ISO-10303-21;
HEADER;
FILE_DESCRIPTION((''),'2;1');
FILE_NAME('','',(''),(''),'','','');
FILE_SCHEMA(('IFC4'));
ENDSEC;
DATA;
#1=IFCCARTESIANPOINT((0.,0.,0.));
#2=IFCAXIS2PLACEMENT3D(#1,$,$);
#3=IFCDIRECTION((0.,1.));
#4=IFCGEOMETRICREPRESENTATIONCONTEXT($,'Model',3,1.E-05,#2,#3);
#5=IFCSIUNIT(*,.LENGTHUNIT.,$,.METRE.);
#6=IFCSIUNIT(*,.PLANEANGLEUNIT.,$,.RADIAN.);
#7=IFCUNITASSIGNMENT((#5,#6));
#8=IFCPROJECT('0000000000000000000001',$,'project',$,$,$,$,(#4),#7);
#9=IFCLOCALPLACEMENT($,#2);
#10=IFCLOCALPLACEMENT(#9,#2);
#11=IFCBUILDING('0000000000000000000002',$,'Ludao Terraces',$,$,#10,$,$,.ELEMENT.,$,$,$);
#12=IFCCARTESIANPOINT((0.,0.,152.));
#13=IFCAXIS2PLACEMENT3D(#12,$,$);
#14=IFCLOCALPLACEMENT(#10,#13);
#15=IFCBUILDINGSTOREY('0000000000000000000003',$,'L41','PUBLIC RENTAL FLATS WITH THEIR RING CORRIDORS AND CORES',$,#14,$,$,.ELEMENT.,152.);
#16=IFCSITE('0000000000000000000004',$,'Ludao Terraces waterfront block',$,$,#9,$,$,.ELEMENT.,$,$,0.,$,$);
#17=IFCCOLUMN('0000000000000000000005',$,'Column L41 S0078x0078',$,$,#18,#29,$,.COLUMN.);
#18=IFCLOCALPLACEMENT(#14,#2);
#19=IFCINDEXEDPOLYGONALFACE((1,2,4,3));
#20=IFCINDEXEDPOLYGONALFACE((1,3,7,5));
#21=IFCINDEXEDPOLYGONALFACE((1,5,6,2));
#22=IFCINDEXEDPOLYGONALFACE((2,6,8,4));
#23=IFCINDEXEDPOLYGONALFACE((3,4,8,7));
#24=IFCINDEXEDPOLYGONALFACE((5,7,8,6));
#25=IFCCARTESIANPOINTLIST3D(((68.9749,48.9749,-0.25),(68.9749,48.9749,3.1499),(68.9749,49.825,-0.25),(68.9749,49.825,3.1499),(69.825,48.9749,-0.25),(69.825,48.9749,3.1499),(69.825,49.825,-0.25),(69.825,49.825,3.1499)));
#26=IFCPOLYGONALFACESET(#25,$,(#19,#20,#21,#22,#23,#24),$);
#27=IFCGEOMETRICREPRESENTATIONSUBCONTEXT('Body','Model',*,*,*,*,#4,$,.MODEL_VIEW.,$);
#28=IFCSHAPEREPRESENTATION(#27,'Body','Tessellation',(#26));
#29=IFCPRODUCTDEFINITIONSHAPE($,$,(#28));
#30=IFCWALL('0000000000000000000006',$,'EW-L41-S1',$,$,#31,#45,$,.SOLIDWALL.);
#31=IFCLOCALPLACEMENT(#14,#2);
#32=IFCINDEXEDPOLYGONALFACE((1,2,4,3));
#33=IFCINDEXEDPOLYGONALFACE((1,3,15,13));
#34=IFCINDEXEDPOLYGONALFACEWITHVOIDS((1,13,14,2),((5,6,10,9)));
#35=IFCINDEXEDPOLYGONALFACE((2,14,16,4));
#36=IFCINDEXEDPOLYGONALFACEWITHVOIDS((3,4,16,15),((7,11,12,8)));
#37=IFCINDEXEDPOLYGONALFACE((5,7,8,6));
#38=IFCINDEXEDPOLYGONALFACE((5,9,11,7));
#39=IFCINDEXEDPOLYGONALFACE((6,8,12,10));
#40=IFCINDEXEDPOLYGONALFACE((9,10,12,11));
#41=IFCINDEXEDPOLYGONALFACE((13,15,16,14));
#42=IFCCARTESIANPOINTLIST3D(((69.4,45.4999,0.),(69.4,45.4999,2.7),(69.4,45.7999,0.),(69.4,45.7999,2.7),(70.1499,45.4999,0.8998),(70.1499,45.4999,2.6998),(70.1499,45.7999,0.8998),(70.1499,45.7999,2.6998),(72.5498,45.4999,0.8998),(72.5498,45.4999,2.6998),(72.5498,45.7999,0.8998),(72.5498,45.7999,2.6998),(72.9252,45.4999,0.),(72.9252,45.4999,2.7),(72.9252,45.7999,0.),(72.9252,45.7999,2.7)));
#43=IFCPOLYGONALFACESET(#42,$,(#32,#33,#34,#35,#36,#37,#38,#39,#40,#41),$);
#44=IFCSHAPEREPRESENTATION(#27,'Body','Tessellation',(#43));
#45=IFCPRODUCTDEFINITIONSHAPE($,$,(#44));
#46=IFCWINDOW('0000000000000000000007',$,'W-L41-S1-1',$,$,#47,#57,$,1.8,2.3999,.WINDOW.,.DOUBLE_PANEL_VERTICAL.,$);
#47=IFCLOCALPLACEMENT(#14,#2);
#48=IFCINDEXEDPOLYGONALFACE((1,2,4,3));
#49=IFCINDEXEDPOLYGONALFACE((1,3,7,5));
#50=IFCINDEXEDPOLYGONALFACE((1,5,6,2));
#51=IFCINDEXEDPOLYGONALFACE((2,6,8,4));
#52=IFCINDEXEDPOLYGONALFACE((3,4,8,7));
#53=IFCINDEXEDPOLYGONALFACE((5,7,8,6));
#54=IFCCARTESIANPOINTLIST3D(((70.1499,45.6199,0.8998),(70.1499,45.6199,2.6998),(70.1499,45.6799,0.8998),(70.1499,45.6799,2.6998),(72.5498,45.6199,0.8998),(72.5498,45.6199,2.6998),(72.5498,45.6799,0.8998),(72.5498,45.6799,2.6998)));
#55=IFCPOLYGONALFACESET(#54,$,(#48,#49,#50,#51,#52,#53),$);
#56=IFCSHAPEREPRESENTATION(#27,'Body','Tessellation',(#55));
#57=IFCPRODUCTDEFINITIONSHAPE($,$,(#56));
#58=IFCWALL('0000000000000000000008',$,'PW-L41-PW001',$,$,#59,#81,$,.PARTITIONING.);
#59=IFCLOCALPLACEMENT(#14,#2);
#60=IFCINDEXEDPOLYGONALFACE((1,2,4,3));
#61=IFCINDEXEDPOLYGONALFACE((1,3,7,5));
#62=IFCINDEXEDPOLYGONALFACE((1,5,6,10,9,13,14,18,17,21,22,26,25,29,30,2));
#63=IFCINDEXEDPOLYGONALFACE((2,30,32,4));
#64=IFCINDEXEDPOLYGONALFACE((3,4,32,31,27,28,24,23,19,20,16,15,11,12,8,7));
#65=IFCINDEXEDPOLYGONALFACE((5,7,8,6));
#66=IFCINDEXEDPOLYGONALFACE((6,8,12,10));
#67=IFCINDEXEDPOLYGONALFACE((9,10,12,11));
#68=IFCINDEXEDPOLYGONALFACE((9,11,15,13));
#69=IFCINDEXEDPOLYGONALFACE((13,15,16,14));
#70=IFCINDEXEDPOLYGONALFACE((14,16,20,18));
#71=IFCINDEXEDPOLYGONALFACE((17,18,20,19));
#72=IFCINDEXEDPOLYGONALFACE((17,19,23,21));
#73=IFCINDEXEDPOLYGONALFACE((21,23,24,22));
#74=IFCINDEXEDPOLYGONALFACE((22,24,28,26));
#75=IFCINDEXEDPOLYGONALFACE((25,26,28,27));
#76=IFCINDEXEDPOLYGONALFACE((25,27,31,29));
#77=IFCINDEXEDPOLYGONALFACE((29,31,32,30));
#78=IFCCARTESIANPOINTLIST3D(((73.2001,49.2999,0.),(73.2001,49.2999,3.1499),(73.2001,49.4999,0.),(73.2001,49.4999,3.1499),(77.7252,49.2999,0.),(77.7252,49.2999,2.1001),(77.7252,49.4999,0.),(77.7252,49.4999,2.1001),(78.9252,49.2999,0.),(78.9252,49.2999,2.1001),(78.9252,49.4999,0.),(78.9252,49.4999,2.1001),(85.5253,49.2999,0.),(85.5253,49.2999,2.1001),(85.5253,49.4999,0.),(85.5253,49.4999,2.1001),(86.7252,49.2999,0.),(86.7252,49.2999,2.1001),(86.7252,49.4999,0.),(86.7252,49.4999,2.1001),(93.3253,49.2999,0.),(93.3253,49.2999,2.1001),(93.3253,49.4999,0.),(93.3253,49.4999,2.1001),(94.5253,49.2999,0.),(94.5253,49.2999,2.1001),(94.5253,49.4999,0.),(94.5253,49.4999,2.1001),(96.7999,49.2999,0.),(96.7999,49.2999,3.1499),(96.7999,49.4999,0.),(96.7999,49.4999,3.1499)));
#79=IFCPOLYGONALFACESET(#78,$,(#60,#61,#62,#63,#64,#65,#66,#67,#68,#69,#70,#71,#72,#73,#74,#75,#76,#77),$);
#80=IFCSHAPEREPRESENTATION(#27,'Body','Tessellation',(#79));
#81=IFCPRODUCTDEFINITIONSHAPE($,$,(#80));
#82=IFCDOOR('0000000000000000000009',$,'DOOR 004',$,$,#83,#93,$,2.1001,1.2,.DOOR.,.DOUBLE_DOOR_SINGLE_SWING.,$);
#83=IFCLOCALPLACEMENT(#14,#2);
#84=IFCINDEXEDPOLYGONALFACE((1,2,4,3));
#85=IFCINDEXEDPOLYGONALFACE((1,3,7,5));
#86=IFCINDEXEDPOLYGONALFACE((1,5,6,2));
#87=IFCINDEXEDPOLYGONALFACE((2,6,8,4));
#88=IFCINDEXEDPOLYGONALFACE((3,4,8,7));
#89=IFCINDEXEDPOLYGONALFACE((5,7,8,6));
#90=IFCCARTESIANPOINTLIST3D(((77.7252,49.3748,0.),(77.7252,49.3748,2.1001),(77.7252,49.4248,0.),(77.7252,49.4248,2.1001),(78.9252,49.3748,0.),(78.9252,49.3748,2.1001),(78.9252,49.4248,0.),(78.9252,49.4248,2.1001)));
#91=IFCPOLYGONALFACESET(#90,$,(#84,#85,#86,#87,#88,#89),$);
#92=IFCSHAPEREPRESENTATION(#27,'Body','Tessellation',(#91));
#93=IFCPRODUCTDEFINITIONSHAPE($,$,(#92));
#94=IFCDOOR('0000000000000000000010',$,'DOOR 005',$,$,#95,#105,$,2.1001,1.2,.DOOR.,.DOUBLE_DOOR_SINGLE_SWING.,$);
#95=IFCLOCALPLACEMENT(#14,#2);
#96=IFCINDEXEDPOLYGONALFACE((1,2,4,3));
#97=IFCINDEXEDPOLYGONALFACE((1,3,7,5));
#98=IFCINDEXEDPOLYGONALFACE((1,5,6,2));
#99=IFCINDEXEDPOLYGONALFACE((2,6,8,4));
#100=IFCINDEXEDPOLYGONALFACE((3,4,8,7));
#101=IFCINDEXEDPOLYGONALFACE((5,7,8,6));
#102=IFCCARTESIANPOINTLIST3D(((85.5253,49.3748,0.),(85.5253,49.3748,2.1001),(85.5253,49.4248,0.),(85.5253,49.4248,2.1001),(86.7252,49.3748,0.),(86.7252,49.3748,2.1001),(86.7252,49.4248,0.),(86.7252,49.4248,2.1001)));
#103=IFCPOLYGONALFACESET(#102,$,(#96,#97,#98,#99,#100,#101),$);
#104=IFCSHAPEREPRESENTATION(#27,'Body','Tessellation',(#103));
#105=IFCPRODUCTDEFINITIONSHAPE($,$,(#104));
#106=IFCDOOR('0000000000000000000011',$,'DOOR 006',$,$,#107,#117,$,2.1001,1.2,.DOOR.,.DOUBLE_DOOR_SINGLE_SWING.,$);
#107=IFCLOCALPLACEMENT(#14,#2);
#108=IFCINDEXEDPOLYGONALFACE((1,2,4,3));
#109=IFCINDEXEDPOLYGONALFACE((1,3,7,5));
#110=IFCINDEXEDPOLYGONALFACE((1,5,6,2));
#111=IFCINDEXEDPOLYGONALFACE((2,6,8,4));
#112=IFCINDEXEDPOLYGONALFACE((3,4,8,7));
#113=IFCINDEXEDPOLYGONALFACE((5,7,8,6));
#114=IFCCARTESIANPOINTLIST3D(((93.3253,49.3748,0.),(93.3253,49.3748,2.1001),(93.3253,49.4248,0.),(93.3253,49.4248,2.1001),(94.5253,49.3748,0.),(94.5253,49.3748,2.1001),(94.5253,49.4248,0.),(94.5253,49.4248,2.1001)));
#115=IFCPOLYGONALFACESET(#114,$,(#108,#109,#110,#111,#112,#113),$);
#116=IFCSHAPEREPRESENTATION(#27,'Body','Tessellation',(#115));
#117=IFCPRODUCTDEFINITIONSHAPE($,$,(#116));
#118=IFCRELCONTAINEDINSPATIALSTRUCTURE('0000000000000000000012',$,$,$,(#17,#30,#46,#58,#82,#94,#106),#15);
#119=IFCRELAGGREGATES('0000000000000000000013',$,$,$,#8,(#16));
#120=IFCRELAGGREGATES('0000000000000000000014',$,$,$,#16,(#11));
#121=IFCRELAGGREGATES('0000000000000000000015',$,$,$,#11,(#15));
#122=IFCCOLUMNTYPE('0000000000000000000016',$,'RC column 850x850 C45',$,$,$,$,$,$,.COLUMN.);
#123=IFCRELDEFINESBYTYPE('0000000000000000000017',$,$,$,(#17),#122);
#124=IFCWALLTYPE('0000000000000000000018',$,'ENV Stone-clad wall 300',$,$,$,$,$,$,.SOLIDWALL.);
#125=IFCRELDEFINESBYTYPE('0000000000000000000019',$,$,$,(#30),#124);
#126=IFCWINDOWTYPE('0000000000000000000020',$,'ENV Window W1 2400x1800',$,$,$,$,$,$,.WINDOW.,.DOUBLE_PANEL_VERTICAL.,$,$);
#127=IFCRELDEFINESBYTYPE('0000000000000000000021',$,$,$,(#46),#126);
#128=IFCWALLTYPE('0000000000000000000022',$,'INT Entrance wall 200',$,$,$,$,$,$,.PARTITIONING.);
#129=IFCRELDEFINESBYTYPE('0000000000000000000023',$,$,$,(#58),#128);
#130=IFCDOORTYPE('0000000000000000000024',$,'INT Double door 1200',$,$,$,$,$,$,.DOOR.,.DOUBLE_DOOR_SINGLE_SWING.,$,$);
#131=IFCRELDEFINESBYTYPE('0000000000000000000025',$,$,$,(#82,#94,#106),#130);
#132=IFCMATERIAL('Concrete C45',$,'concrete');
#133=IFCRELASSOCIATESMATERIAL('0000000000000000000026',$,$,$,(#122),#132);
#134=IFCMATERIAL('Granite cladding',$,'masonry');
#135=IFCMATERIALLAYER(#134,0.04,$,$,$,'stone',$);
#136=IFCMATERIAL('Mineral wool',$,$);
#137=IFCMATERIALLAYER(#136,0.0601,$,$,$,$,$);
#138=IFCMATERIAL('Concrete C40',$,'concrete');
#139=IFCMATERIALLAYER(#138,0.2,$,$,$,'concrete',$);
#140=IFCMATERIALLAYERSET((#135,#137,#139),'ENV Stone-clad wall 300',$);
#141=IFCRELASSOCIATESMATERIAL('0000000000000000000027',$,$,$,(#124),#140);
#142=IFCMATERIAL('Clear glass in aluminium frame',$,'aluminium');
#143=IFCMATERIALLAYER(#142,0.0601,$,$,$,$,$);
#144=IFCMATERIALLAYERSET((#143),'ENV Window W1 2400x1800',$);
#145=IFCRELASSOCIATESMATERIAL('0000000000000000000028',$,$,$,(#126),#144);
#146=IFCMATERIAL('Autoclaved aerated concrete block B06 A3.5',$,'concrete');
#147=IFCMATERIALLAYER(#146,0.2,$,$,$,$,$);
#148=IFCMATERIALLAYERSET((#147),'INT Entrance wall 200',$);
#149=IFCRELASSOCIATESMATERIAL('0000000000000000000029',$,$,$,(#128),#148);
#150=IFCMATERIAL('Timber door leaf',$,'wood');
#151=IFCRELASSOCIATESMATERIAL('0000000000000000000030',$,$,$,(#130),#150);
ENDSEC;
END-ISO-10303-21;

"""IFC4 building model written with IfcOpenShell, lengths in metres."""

from ifc_helpers import new_model, si_unit, direction, frame, frame_2d, origin, origin_2d, place, context, subcontext, project, spatial, rectangle, extrude, material, layer, layer_set, material_profile, profile_set, type_object, element, fill, save


model = new_model("IFC4")

# Units and contexts
model_context = context("Model", 3, precision=1e-05, world=origin(), true_north=direction((0.0, 1.0)))
body_context = subcontext(model_context, "Body", "Model", "MODEL_VIEW")
ifc_project = project(units=[si_unit("LENGTHUNIT", "METRE"), si_unit("PLANEANGLEUNIT", "RADIAN")], contexts=[model_context])

# Site, building, storey
site_placement = place(None, origin())
site = spatial("IfcSite", under=ifc_project, at=site_placement, Name="Ludao Terraces waterfront block", CompositionType="ELEMENT", RefElevation=0.0)
building_placement = place(site_placement, origin())
building = spatial("IfcBuilding", under=site, at=building_placement, Name="Ludao Terraces", CompositionType="ELEMENT")
storey_placement = place(building_placement, frame((0.0, 0.0, 152.0)))
storey = spatial("IfcBuildingStorey", under=building, at=storey_placement, Name="L41", Description="PUBLIC RENTAL FLATS WITH THEIR RING CORRIDORS AND CORES", CompositionType="ELEMENT", Elevation=152.0)

# Column
ifc_material_1 = material(Name="Concrete C45", Category="concrete")
ifc_material_profile = material_profile(ifc_material_1, rectangle(XDim=0.8501, YDim=0.8501, at=origin_2d()), Name="850 X 850")
ifc_profile_set = profile_set([ifc_material_profile], Name="Concrete C45")
column_type = type_object("IfcColumnType", Name="RC column 850x850 C45", PredefinedType="COLUMN", material=ifc_profile_set)
column_placement = place(storey_placement, frame((69.3999, 49.3999, -0.25), z_axis=(0.0, 0.0, 1.0), x_axis=(1.0, 0.0, 0.0)))
element("IfcColumn", 1, at=column_placement, inside=storey, type_object=column_type, Name="Column L41 S0078x0078", PredefinedType="COLUMN", context=body_context, shape_type="SweptSolid", body=[
    extrude(rectangle(XDim=0.8501, YDim=0.8501, at=origin_2d()), origin(), (0.0, 0.0, 1.0), 3.3999),
])

# Wall, opening, window
ifc_material_2 = material(Name="Granite cladding", Category="masonry")
ifc_layer_1 = layer(ifc_material_2, 0.04, Category="stone")
ifc_material_3 = material(Name="Mineral wool")
ifc_layer_2 = layer(ifc_material_3, 0.0601)
ifc_material_4 = material(Name="Concrete C40", Category="concrete")
ifc_layer_3 = layer(ifc_material_4, 0.2, Category="concrete")
ifc_layer_set_1 = layer_set([ifc_layer_1, ifc_layer_2, ifc_layer_3], Name="ENV Stone-clad wall 300")
wall_type_1 = type_object("IfcWallType", Name="ENV Stone-clad wall 300", PredefinedType="SOLIDWALL", material=ifc_layer_set_1)
wall_1_placement = place(storey_placement, frame((69.3999, 45.6499, 0.0), z_axis=(0.0, 0.0, 1.0), x_axis=(1.0, 0.0, 0.0)))
wall_1 = element("IfcWall", 2, at=wall_1_placement, inside=storey, type_object=wall_type_1, Name="EW-L41-S1", PredefinedType="SOLIDWALL", context=body_context, shape_type="SweptSolid", body=[
    extrude(rectangle(XDim=3.5251, YDim=0.3, at=frame_2d((1.7627, 0.0))), origin(), (0.0, 0.0, 1.0), 2.7),
])
opening_1_placement = place(wall_1_placement, frame((0.75, 0.0, 0.8999)))
opening_1 = element("IfcOpeningElement", 3, at=opening_1_placement, cuts=wall_1, PredefinedType="OPENING", context=body_context, shape_type="SweptSolid", body=[
    extrude(rectangle(XDim=2.3999, YDim=1.8, at=frame_2d((1.2, 0.8999))), frame((0.0, 0.1602, 0.0), z_axis=(0.0, -1.0, 0.0), x_axis=(1.0, 0.0, 0.0)), (0.0, 0.0, 1.0), 0.3201),
])
ifc_material_5 = material(Name="Clear glass in aluminium frame", Category="aluminium")
ifc_layer_4 = layer(ifc_material_5, 0.0601)
ifc_layer_set_2 = layer_set([ifc_layer_4], Name="ENV Window W1 2400x1800")
window_type = type_object("IfcWindowType", Name="ENV Window W1 2400x1800", PartitioningType="DOUBLE_PANEL_VERTICAL", PredefinedType="WINDOW", material=ifc_layer_set_2)
window_placement = place(opening_1_placement, origin())
window = element("IfcWindow", 4, at=window_placement, inside=storey, type_object=window_type, Name="W-L41-S1-1", OverallHeight=1.8, OverallWidth=2.3999, PartitioningType="DOUBLE_PANEL_VERTICAL", PredefinedType="WINDOW", context=body_context, shape_type="SweptSolid", body=[
    extrude(rectangle(XDim=2.3999, YDim=1.8, at=frame_2d((1.2, 0.8999))), frame((0.0, 0.03, 0.0), z_axis=(0.0, -1.0, 0.0), x_axis=(1.0, 0.0, 0.0)), (0.0, 0.0, 1.0), 0.0601),
])
fill(opening_1, window)

# Wall, openings, doors
ifc_material_6 = material(Name="Autoclaved aerated concrete block B06 A3.5", Category="concrete")
ifc_layer_5 = layer(ifc_material_6, 0.2)
ifc_layer_set_3 = layer_set([ifc_layer_5], Name="INT Entrance wall 200")
wall_type_2 = type_object("IfcWallType", Name="INT Entrance wall 200", PredefinedType="PARTITIONING", material=ifc_layer_set_3)
wall_2_placement = place(storey_placement, frame((73.2002, 49.3999, 0.0), z_axis=(0.0, 0.0, 1.0), x_axis=(1.0, 0.0, 0.0)))
wall_2 = element("IfcWall", 5, at=wall_2_placement, inside=storey, type_object=wall_type_2, Name="PW-L41-PW001", PredefinedType="PARTITIONING", context=body_context, shape_type="SweptSolid", body=[
    extrude(rectangle(XDim=23.5999, YDim=0.2, at=frame_2d((11.7998, 0.0))), origin(), (0.0, 0.0, 1.0), 3.1499),
])
opening_2_placement = place(wall_2_placement, frame((4.5249, 0.0, 0.0)))
opening_2 = element("IfcOpeningElement", 6, at=opening_2_placement, cuts=wall_2, PredefinedType="OPENING", context=body_context, shape_type="SweptSolid", body=[
    extrude(rectangle(XDim=1.2, YDim=2.1001, at=frame_2d((0.6001, 1.05))), frame((0.0, 0.1099, 0.0), z_axis=(0.0, -1.0, 0.0), x_axis=(1.0, 0.0, 0.0)), (0.0, 0.0, 1.0), 0.22),
])
opening_3_placement = place(wall_2_placement, frame((12.325, 0.0, 0.0)))
opening_3 = element("IfcOpeningElement", 7, at=opening_3_placement, cuts=wall_2, PredefinedType="OPENING", context=body_context, shape_type="SweptSolid", body=[
    extrude(rectangle(XDim=1.2, YDim=2.1001, at=frame_2d((0.6001, 1.05))), frame((0.0, 0.1099, 0.0), z_axis=(0.0, -1.0, 0.0), x_axis=(1.0, 0.0, 0.0)), (0.0, 0.0, 1.0), 0.22),
])
opening_4_placement = place(wall_2_placement, frame((20.125, 0.0, 0.0)))
opening_4 = element("IfcOpeningElement", 8, at=opening_4_placement, cuts=wall_2, PredefinedType="OPENING", context=body_context, shape_type="SweptSolid", body=[
    extrude(rectangle(XDim=1.2, YDim=2.1001, at=frame_2d((0.6001, 1.05))), frame((0.0, 0.1099, 0.0), z_axis=(0.0, -1.0, 0.0), x_axis=(1.0, 0.0, 0.0)), (0.0, 0.0, 1.0), 0.22),
])
ifc_material_7 = material(Name="Timber door leaf", Category="wood")
door_type_1 = type_object("IfcDoorType", Name="INT Double door 1200", OperationType="DOUBLE_DOOR_SINGLE_SWING", PredefinedType="DOOR", material=ifc_material_7)
door_1_placement = place(opening_2_placement, origin())
door_1 = element("IfcDoor", 9, at=door_1_placement, inside=storey, type_object=door_type_1, Name="DOOR 004", OperationType="DOUBLE_DOOR_SINGLE_SWING", OverallHeight=2.1001, OverallWidth=1.2, PredefinedType="DOOR", context=body_context, shape_type="SweptSolid", body=[
    extrude(rectangle(XDim=1.2, YDim=2.1001, at=frame_2d((0.6001, 1.05))), frame((0.0, 0.0249, 0.0), z_axis=(0.0, -1.0, 0.0), x_axis=(1.0, 0.0, 0.0)), (0.0, 0.0, 1.0), 0.05),
])
fill(opening_2, door_1)
door_2_placement = place(opening_3_placement, origin())
door_2 = element("IfcDoor", 10, at=door_2_placement, inside=storey, type_object=door_type_1, Name="DOOR 005", OperationType="DOUBLE_DOOR_SINGLE_SWING", OverallHeight=2.1001, OverallWidth=1.2, PredefinedType="DOOR", context=body_context, shape_type="SweptSolid", body=[
    extrude(rectangle(XDim=1.2, YDim=2.1001, at=frame_2d((0.6001, 1.05))), frame((0.0, 0.0249, 0.0), z_axis=(0.0, -1.0, 0.0), x_axis=(1.0, 0.0, 0.0)), (0.0, 0.0, 1.0), 0.05),
])
fill(opening_3, door_2)
door_3_placement = place(opening_4_placement, origin())
door_3 = element("IfcDoor", 11, at=door_3_placement, inside=storey, type_object=door_type_1, Name="DOOR 006", OperationType="DOUBLE_DOOR_SINGLE_SWING", OverallHeight=2.1001, OverallWidth=1.2, PredefinedType="DOOR", context=body_context, shape_type="SweptSolid", body=[
    extrude(rectangle(XDim=1.2, YDim=2.1001, at=frame_2d((0.6001, 1.05))), frame((0.0, 0.0249, 0.0), z_axis=(0.0, -1.0, 0.0), x_axis=(1.0, 0.0, 0.0)), (0.0, 0.0, 1.0), 0.05),
])
fill(opening_4, door_3)

save(model, "model.ifc")
